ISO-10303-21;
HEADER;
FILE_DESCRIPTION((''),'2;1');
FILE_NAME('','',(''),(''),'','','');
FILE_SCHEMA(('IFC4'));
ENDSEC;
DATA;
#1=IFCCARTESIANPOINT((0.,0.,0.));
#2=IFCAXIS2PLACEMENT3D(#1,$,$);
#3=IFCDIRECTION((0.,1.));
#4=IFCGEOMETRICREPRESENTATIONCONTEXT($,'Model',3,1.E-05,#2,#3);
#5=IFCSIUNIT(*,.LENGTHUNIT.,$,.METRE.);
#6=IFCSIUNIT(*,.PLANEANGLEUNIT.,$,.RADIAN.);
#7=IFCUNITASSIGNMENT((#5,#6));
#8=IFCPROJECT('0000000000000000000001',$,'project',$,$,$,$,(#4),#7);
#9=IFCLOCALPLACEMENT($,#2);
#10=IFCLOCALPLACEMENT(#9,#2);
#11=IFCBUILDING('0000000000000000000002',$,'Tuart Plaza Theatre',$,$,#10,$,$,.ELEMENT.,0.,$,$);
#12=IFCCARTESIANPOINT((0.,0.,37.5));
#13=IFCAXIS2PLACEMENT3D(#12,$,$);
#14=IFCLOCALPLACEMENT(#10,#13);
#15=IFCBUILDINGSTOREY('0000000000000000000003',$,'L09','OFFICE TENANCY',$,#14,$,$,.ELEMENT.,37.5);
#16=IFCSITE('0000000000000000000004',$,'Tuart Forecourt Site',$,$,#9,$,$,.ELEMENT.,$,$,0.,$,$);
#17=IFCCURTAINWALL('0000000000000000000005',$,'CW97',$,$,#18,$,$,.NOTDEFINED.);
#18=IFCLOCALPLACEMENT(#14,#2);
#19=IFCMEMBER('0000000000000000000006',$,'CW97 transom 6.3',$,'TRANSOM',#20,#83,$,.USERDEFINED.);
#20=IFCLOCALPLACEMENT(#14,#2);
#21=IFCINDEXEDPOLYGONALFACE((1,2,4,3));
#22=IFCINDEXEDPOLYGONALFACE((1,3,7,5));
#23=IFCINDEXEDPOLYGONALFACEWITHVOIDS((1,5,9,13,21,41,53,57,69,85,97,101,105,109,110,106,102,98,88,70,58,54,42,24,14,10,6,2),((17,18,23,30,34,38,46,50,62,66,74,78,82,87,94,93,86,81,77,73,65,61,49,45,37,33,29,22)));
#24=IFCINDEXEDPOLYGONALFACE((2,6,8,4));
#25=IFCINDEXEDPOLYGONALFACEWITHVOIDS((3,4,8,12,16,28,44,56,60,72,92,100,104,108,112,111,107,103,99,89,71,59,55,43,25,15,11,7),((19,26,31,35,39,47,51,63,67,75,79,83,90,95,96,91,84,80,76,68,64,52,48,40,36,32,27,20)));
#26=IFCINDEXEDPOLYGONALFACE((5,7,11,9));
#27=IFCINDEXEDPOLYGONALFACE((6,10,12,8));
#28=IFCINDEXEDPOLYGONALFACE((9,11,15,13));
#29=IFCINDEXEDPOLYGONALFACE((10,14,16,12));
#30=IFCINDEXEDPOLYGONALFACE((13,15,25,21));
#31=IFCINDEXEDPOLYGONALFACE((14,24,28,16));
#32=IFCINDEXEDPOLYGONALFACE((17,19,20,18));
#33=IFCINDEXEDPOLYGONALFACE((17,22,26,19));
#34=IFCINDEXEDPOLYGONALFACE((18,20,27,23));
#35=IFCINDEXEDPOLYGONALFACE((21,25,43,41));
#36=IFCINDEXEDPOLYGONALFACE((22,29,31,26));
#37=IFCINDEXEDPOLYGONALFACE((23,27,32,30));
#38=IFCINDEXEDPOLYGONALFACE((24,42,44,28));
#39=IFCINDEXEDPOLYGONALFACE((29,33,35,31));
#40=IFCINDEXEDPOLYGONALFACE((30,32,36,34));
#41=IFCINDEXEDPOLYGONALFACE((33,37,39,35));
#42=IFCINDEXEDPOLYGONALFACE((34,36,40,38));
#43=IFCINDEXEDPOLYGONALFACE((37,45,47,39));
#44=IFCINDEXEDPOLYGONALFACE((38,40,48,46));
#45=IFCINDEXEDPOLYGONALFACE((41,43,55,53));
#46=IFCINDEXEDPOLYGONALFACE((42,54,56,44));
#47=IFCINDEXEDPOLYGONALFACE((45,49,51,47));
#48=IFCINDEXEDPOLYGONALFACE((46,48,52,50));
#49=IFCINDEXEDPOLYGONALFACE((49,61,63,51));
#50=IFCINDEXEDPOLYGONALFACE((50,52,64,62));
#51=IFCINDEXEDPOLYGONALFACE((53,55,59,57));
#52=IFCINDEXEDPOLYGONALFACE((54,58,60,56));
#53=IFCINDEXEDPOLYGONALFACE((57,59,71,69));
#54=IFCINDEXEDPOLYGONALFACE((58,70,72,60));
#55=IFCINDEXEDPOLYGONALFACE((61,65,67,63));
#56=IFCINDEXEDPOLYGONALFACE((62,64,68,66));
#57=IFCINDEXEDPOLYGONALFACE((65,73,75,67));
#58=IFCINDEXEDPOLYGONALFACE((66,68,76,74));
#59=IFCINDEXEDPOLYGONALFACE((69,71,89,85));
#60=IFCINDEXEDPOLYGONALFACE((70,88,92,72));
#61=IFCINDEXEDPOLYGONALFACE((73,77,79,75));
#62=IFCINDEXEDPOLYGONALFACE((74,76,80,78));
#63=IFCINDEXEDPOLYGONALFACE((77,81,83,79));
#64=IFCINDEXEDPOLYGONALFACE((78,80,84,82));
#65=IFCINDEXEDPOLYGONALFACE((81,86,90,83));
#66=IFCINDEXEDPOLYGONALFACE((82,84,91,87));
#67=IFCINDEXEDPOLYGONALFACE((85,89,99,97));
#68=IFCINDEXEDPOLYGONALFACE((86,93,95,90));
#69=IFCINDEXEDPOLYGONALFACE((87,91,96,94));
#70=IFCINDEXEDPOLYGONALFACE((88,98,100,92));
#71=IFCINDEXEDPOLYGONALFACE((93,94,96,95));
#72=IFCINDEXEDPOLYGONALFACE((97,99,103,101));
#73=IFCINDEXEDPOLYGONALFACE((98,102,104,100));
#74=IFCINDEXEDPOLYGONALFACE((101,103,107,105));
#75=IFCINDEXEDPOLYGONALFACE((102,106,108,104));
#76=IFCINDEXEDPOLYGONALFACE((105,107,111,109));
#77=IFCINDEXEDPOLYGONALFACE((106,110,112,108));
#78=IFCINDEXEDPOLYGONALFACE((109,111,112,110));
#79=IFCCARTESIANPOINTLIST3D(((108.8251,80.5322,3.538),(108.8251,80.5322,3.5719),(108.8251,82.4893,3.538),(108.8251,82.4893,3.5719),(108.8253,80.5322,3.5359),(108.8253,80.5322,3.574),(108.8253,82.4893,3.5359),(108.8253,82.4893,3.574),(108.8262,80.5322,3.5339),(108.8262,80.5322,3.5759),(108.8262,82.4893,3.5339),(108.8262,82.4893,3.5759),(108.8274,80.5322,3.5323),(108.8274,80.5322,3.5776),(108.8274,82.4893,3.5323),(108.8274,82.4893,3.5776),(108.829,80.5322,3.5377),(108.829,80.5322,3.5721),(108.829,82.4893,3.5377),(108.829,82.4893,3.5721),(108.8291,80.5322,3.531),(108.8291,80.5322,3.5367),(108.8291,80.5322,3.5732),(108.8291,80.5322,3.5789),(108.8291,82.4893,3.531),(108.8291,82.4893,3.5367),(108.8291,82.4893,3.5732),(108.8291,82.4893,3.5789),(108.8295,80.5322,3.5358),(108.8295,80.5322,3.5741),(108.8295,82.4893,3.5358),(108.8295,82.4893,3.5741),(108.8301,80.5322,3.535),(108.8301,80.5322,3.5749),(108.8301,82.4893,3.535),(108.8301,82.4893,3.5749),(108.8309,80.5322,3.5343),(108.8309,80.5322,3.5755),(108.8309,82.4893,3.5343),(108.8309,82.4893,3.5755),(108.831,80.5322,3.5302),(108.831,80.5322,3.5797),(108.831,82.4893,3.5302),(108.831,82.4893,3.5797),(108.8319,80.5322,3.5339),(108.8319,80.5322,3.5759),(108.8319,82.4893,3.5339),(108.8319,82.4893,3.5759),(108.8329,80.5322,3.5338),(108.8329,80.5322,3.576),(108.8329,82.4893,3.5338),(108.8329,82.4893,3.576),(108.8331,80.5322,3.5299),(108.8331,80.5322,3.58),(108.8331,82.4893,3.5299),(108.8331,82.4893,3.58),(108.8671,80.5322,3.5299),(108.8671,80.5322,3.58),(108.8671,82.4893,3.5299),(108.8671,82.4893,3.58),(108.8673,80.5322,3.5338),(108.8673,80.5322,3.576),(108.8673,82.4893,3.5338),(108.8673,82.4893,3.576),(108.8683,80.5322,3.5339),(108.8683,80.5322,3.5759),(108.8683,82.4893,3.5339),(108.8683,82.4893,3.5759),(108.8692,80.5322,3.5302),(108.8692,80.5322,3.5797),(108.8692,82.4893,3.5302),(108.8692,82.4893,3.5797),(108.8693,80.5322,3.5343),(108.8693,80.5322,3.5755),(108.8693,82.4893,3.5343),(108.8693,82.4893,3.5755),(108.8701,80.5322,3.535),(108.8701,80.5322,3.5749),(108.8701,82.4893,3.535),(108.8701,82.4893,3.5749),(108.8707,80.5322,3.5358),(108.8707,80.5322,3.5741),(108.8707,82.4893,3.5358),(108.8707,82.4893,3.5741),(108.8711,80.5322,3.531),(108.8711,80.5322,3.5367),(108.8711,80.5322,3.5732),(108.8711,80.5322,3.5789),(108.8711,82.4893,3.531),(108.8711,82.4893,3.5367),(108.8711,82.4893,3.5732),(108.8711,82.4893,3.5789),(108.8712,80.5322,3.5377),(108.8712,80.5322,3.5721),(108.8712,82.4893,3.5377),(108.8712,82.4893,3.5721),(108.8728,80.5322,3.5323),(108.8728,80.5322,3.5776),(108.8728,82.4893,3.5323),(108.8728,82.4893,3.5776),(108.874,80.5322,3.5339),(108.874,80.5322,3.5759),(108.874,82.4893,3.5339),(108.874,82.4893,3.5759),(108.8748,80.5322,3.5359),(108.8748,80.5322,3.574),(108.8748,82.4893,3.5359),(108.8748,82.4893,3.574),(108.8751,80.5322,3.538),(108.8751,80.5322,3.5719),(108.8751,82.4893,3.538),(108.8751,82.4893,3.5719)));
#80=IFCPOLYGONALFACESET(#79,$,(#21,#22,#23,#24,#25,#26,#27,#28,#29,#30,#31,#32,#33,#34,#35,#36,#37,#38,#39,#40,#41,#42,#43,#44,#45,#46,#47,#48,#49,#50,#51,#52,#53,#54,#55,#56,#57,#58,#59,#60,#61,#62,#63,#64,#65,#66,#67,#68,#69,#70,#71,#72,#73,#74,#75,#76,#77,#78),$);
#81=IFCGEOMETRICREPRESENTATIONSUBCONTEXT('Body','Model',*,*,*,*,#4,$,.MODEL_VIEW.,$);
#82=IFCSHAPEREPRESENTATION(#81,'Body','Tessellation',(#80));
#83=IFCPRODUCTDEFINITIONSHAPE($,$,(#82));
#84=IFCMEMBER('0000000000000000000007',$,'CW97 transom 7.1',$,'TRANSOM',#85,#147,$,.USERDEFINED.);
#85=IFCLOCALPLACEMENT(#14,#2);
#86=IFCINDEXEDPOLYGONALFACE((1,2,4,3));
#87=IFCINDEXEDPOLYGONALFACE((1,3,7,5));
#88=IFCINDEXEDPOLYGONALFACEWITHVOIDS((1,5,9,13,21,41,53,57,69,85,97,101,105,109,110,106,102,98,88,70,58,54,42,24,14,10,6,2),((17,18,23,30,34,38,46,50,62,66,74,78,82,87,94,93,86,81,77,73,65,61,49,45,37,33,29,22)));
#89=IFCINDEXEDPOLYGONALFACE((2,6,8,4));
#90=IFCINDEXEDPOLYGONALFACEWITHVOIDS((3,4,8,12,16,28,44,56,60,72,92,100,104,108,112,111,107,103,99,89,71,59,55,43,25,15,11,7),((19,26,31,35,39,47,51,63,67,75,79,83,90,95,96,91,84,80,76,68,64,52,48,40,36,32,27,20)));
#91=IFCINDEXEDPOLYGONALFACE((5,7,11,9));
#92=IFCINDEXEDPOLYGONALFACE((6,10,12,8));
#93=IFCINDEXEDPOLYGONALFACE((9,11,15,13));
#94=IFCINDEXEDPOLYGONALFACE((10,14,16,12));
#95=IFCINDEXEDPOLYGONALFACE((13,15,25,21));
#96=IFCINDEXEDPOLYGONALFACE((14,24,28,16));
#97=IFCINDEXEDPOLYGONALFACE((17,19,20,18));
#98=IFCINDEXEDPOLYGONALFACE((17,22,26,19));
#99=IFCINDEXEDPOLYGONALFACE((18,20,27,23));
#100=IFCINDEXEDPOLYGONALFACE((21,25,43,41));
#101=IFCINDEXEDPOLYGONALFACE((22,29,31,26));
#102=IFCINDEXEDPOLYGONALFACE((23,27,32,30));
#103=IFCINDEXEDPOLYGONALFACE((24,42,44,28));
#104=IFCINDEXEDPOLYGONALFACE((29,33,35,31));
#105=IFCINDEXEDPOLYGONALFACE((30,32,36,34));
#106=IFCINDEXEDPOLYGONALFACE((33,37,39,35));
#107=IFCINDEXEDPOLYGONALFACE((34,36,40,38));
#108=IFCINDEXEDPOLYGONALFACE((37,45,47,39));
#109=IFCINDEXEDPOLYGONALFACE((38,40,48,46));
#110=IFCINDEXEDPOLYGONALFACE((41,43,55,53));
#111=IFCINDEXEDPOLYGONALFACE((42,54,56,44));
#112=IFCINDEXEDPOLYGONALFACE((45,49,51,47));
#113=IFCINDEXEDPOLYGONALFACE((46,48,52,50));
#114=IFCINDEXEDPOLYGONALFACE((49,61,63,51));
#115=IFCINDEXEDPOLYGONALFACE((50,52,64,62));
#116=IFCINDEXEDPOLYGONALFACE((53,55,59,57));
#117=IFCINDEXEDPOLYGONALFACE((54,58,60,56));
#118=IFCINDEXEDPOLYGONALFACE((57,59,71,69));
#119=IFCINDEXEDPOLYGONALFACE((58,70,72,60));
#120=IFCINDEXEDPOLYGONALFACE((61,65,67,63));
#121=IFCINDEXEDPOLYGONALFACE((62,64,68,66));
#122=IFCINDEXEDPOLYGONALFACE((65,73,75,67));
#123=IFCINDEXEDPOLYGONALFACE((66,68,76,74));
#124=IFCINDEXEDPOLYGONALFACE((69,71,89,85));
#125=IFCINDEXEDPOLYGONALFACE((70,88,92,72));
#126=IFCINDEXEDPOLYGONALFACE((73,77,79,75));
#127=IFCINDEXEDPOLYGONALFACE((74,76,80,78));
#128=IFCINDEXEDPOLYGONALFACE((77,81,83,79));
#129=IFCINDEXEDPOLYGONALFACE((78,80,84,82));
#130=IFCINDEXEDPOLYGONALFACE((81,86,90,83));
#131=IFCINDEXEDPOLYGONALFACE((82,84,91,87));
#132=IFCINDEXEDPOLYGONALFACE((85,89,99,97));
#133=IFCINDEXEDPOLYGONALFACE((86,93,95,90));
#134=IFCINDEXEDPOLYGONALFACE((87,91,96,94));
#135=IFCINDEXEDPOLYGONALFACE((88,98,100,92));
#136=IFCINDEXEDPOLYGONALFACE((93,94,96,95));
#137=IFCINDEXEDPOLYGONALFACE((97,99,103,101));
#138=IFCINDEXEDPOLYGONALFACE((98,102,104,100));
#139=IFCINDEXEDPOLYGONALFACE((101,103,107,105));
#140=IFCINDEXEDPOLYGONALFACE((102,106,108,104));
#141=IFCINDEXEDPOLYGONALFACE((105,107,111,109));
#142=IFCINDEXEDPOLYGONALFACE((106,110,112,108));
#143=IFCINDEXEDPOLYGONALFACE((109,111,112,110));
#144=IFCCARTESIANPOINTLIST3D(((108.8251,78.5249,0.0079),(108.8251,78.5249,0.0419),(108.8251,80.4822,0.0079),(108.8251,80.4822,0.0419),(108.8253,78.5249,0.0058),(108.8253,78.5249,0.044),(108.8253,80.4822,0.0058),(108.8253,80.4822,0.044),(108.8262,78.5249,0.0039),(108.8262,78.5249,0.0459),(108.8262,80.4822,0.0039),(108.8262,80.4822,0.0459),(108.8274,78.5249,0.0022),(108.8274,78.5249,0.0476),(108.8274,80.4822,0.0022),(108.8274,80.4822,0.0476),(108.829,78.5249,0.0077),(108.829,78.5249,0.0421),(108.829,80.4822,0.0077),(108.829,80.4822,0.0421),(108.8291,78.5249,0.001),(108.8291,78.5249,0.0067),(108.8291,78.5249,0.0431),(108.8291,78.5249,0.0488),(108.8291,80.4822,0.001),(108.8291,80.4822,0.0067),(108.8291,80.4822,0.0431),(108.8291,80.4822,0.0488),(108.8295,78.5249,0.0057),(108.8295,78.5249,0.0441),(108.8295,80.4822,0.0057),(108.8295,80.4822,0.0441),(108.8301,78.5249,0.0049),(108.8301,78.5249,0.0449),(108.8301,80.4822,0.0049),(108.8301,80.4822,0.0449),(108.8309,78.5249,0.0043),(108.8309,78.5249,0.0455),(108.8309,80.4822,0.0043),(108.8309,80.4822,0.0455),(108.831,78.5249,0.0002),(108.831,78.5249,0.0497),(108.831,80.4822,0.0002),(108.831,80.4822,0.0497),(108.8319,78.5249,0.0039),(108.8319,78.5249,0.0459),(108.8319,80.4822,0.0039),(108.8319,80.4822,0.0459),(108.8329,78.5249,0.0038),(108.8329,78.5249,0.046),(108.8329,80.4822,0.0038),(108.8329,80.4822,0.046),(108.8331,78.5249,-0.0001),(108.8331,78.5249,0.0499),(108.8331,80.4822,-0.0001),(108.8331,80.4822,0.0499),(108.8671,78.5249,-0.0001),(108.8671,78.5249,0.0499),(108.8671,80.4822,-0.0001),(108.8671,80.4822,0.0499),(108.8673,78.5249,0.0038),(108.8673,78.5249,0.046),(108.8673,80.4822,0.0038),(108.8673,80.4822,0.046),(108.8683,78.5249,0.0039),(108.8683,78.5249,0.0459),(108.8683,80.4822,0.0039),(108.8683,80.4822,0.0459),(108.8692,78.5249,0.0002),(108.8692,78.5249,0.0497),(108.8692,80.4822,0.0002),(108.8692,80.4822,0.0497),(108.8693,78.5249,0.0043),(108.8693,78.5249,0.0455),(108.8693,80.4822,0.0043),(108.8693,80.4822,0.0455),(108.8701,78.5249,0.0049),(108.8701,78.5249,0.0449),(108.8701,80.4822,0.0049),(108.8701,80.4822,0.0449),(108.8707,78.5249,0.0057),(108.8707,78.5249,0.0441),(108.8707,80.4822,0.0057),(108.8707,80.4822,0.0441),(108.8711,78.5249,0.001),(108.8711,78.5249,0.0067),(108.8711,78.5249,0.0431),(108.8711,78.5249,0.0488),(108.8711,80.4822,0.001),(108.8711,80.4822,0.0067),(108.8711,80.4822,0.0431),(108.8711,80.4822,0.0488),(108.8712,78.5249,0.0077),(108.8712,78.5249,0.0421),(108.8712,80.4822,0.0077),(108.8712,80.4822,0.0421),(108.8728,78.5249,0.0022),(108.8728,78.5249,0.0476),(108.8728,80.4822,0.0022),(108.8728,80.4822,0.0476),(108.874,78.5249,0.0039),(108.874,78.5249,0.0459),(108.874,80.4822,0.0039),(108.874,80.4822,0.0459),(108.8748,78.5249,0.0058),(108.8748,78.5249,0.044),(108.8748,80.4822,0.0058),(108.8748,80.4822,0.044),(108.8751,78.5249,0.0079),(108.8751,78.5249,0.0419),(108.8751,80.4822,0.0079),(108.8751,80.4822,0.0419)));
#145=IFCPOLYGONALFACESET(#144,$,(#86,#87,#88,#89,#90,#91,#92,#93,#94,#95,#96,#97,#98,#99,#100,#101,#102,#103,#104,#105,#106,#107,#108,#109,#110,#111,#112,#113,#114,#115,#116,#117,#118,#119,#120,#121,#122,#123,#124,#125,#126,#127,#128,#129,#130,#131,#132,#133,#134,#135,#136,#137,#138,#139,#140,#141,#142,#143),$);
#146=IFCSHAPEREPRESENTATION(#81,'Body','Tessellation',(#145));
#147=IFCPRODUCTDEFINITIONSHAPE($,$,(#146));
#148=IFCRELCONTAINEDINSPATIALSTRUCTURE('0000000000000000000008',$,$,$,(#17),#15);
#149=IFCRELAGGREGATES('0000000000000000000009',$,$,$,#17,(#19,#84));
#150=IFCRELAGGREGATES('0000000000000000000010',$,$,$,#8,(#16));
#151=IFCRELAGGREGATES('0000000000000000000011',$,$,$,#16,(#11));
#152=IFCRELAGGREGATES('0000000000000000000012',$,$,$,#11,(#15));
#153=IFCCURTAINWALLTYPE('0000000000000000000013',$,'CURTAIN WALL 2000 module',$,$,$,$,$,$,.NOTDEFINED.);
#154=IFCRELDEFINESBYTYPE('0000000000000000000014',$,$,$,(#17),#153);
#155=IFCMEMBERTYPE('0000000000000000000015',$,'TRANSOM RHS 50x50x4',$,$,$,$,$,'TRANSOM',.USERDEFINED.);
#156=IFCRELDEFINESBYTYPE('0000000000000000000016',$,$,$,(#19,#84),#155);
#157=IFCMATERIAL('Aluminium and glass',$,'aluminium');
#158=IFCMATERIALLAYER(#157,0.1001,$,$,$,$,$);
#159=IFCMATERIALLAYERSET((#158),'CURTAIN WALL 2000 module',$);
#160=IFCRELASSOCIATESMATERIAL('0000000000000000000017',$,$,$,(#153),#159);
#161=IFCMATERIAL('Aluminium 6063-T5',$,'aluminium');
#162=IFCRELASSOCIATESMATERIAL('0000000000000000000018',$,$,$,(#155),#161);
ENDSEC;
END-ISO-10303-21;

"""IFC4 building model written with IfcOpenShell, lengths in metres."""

from ifc_helpers import new_model, si_unit, direction, frame, origin, origin_2d, place, context, subcontext, project, spatial, hollow_rectangle, extrude, material, layer, layer_set, material_profile, profile_set, type_object, element, aggregate, save


model = new_model("IFC4")

# Units and contexts
model_context = context("Model", 3, precision=1e-05, world=origin(), true_north=direction((0.0, 1.0)))
body_context = subcontext(model_context, "Body", "Model", "MODEL_VIEW")
ifc_project = project(units=[si_unit("LENGTHUNIT", "METRE"), si_unit("PLANEANGLEUNIT", "RADIAN")], contexts=[model_context])

# Site, building, storey
site_placement = place(None, origin())
site = spatial("IfcSite", under=ifc_project, at=site_placement, Name="Tuart Forecourt Site", CompositionType="ELEMENT", RefElevation=0.0)
building_placement = place(site_placement, origin())
building = spatial("IfcBuilding", under=site, at=building_placement, Name="Tuart Plaza Theatre", CompositionType="ELEMENT", ElevationOfRefHeight=0.0)
storey_placement = place(building_placement, frame((0.0, 0.0, 37.5)))
storey = spatial("IfcBuildingStorey", under=building, at=storey_placement, Name="L09", Description="OFFICE TENANCY", CompositionType="ELEMENT", Elevation=37.5)

# Curtain wall, members
ifc_material_1 = material(Name="Aluminium and glass", Category="aluminium")
ifc_layer_1 = layer(ifc_material_1, 0.1001)
ifc_layer_set_1 = layer_set([ifc_layer_1], Name="CURTAIN WALL 2000 module")
curtain_wall_type = type_object("IfcCurtainWallType", Name="CURTAIN WALL 2000 module", PredefinedType="NOTDEFINED", material=ifc_layer_set_1)
curtain_wall_placement = place(storey_placement, origin())
curtain_wall = element("IfcCurtainWall", 1, at=curtain_wall_placement, inside=storey, type_object=curtain_wall_type, Name="CW97", PredefinedType="NOTDEFINED")
ifc_material_2 = material(Name="Aluminium 6063-T5", Category="aluminium")
ifc_material_profile_1 = material_profile(ifc_material_2, hollow_rectangle(XDim=0.05, YDim=0.05, WallThickness=0.0039, InnerFilletRadius=0.0039, OuterFilletRadius=0.0081, at=origin_2d()), Name="RHS 50x50x4")
ifc_profile_set_1 = profile_set([ifc_material_profile_1], Name="Aluminium 6063-T5")
member_type_1 = type_object("IfcMemberType", Name="TRANSOM RHS 50x50x4", ElementType="TRANSOM", PredefinedType="USERDEFINED", material=ifc_profile_set_1)
member_1_placement = place(storey_placement, frame((108.8501, 82.4893, 3.5549), z_axis=(0.0, -1.0, 0.0), x_axis=(1.0, 0.0, 0.0)))
member_1 = element("IfcMember", 2, at=member_1_placement, type_object=member_type_1, Name="CW97 transom 6.3", ObjectType="TRANSOM", PredefinedType="USERDEFINED", context=body_context, shape_type="SweptSolid", body=[
    extrude(hollow_rectangle(XDim=0.05, YDim=0.05, WallThickness=0.0039, InnerFilletRadius=0.0039, OuterFilletRadius=0.0081, at=origin_2d()), origin(), (0.0, 0.0, 1.0), 1.957),
])
member_2_placement = place(storey_placement, frame((108.8501, 80.4822, 0.0249), z_axis=(0.0, -1.0, 0.0), x_axis=(1.0, 0.0, 0.0)))
member_2 = element("IfcMember", 3, at=member_2_placement, type_object=member_type_1, Name="CW97 transom 7.1", ObjectType="TRANSOM", PredefinedType="USERDEFINED", context=body_context, shape_type="SweptSolid", body=[
    extrude(hollow_rectangle(XDim=0.05, YDim=0.05, WallThickness=0.0039, InnerFilletRadius=0.0039, OuterFilletRadius=0.0081, at=origin_2d()), origin(), (0.0, 0.0, 1.0), 1.9573),
])
aggregate(curtain_wall, [member_1, member_2])

save(model, "model.ifc")
